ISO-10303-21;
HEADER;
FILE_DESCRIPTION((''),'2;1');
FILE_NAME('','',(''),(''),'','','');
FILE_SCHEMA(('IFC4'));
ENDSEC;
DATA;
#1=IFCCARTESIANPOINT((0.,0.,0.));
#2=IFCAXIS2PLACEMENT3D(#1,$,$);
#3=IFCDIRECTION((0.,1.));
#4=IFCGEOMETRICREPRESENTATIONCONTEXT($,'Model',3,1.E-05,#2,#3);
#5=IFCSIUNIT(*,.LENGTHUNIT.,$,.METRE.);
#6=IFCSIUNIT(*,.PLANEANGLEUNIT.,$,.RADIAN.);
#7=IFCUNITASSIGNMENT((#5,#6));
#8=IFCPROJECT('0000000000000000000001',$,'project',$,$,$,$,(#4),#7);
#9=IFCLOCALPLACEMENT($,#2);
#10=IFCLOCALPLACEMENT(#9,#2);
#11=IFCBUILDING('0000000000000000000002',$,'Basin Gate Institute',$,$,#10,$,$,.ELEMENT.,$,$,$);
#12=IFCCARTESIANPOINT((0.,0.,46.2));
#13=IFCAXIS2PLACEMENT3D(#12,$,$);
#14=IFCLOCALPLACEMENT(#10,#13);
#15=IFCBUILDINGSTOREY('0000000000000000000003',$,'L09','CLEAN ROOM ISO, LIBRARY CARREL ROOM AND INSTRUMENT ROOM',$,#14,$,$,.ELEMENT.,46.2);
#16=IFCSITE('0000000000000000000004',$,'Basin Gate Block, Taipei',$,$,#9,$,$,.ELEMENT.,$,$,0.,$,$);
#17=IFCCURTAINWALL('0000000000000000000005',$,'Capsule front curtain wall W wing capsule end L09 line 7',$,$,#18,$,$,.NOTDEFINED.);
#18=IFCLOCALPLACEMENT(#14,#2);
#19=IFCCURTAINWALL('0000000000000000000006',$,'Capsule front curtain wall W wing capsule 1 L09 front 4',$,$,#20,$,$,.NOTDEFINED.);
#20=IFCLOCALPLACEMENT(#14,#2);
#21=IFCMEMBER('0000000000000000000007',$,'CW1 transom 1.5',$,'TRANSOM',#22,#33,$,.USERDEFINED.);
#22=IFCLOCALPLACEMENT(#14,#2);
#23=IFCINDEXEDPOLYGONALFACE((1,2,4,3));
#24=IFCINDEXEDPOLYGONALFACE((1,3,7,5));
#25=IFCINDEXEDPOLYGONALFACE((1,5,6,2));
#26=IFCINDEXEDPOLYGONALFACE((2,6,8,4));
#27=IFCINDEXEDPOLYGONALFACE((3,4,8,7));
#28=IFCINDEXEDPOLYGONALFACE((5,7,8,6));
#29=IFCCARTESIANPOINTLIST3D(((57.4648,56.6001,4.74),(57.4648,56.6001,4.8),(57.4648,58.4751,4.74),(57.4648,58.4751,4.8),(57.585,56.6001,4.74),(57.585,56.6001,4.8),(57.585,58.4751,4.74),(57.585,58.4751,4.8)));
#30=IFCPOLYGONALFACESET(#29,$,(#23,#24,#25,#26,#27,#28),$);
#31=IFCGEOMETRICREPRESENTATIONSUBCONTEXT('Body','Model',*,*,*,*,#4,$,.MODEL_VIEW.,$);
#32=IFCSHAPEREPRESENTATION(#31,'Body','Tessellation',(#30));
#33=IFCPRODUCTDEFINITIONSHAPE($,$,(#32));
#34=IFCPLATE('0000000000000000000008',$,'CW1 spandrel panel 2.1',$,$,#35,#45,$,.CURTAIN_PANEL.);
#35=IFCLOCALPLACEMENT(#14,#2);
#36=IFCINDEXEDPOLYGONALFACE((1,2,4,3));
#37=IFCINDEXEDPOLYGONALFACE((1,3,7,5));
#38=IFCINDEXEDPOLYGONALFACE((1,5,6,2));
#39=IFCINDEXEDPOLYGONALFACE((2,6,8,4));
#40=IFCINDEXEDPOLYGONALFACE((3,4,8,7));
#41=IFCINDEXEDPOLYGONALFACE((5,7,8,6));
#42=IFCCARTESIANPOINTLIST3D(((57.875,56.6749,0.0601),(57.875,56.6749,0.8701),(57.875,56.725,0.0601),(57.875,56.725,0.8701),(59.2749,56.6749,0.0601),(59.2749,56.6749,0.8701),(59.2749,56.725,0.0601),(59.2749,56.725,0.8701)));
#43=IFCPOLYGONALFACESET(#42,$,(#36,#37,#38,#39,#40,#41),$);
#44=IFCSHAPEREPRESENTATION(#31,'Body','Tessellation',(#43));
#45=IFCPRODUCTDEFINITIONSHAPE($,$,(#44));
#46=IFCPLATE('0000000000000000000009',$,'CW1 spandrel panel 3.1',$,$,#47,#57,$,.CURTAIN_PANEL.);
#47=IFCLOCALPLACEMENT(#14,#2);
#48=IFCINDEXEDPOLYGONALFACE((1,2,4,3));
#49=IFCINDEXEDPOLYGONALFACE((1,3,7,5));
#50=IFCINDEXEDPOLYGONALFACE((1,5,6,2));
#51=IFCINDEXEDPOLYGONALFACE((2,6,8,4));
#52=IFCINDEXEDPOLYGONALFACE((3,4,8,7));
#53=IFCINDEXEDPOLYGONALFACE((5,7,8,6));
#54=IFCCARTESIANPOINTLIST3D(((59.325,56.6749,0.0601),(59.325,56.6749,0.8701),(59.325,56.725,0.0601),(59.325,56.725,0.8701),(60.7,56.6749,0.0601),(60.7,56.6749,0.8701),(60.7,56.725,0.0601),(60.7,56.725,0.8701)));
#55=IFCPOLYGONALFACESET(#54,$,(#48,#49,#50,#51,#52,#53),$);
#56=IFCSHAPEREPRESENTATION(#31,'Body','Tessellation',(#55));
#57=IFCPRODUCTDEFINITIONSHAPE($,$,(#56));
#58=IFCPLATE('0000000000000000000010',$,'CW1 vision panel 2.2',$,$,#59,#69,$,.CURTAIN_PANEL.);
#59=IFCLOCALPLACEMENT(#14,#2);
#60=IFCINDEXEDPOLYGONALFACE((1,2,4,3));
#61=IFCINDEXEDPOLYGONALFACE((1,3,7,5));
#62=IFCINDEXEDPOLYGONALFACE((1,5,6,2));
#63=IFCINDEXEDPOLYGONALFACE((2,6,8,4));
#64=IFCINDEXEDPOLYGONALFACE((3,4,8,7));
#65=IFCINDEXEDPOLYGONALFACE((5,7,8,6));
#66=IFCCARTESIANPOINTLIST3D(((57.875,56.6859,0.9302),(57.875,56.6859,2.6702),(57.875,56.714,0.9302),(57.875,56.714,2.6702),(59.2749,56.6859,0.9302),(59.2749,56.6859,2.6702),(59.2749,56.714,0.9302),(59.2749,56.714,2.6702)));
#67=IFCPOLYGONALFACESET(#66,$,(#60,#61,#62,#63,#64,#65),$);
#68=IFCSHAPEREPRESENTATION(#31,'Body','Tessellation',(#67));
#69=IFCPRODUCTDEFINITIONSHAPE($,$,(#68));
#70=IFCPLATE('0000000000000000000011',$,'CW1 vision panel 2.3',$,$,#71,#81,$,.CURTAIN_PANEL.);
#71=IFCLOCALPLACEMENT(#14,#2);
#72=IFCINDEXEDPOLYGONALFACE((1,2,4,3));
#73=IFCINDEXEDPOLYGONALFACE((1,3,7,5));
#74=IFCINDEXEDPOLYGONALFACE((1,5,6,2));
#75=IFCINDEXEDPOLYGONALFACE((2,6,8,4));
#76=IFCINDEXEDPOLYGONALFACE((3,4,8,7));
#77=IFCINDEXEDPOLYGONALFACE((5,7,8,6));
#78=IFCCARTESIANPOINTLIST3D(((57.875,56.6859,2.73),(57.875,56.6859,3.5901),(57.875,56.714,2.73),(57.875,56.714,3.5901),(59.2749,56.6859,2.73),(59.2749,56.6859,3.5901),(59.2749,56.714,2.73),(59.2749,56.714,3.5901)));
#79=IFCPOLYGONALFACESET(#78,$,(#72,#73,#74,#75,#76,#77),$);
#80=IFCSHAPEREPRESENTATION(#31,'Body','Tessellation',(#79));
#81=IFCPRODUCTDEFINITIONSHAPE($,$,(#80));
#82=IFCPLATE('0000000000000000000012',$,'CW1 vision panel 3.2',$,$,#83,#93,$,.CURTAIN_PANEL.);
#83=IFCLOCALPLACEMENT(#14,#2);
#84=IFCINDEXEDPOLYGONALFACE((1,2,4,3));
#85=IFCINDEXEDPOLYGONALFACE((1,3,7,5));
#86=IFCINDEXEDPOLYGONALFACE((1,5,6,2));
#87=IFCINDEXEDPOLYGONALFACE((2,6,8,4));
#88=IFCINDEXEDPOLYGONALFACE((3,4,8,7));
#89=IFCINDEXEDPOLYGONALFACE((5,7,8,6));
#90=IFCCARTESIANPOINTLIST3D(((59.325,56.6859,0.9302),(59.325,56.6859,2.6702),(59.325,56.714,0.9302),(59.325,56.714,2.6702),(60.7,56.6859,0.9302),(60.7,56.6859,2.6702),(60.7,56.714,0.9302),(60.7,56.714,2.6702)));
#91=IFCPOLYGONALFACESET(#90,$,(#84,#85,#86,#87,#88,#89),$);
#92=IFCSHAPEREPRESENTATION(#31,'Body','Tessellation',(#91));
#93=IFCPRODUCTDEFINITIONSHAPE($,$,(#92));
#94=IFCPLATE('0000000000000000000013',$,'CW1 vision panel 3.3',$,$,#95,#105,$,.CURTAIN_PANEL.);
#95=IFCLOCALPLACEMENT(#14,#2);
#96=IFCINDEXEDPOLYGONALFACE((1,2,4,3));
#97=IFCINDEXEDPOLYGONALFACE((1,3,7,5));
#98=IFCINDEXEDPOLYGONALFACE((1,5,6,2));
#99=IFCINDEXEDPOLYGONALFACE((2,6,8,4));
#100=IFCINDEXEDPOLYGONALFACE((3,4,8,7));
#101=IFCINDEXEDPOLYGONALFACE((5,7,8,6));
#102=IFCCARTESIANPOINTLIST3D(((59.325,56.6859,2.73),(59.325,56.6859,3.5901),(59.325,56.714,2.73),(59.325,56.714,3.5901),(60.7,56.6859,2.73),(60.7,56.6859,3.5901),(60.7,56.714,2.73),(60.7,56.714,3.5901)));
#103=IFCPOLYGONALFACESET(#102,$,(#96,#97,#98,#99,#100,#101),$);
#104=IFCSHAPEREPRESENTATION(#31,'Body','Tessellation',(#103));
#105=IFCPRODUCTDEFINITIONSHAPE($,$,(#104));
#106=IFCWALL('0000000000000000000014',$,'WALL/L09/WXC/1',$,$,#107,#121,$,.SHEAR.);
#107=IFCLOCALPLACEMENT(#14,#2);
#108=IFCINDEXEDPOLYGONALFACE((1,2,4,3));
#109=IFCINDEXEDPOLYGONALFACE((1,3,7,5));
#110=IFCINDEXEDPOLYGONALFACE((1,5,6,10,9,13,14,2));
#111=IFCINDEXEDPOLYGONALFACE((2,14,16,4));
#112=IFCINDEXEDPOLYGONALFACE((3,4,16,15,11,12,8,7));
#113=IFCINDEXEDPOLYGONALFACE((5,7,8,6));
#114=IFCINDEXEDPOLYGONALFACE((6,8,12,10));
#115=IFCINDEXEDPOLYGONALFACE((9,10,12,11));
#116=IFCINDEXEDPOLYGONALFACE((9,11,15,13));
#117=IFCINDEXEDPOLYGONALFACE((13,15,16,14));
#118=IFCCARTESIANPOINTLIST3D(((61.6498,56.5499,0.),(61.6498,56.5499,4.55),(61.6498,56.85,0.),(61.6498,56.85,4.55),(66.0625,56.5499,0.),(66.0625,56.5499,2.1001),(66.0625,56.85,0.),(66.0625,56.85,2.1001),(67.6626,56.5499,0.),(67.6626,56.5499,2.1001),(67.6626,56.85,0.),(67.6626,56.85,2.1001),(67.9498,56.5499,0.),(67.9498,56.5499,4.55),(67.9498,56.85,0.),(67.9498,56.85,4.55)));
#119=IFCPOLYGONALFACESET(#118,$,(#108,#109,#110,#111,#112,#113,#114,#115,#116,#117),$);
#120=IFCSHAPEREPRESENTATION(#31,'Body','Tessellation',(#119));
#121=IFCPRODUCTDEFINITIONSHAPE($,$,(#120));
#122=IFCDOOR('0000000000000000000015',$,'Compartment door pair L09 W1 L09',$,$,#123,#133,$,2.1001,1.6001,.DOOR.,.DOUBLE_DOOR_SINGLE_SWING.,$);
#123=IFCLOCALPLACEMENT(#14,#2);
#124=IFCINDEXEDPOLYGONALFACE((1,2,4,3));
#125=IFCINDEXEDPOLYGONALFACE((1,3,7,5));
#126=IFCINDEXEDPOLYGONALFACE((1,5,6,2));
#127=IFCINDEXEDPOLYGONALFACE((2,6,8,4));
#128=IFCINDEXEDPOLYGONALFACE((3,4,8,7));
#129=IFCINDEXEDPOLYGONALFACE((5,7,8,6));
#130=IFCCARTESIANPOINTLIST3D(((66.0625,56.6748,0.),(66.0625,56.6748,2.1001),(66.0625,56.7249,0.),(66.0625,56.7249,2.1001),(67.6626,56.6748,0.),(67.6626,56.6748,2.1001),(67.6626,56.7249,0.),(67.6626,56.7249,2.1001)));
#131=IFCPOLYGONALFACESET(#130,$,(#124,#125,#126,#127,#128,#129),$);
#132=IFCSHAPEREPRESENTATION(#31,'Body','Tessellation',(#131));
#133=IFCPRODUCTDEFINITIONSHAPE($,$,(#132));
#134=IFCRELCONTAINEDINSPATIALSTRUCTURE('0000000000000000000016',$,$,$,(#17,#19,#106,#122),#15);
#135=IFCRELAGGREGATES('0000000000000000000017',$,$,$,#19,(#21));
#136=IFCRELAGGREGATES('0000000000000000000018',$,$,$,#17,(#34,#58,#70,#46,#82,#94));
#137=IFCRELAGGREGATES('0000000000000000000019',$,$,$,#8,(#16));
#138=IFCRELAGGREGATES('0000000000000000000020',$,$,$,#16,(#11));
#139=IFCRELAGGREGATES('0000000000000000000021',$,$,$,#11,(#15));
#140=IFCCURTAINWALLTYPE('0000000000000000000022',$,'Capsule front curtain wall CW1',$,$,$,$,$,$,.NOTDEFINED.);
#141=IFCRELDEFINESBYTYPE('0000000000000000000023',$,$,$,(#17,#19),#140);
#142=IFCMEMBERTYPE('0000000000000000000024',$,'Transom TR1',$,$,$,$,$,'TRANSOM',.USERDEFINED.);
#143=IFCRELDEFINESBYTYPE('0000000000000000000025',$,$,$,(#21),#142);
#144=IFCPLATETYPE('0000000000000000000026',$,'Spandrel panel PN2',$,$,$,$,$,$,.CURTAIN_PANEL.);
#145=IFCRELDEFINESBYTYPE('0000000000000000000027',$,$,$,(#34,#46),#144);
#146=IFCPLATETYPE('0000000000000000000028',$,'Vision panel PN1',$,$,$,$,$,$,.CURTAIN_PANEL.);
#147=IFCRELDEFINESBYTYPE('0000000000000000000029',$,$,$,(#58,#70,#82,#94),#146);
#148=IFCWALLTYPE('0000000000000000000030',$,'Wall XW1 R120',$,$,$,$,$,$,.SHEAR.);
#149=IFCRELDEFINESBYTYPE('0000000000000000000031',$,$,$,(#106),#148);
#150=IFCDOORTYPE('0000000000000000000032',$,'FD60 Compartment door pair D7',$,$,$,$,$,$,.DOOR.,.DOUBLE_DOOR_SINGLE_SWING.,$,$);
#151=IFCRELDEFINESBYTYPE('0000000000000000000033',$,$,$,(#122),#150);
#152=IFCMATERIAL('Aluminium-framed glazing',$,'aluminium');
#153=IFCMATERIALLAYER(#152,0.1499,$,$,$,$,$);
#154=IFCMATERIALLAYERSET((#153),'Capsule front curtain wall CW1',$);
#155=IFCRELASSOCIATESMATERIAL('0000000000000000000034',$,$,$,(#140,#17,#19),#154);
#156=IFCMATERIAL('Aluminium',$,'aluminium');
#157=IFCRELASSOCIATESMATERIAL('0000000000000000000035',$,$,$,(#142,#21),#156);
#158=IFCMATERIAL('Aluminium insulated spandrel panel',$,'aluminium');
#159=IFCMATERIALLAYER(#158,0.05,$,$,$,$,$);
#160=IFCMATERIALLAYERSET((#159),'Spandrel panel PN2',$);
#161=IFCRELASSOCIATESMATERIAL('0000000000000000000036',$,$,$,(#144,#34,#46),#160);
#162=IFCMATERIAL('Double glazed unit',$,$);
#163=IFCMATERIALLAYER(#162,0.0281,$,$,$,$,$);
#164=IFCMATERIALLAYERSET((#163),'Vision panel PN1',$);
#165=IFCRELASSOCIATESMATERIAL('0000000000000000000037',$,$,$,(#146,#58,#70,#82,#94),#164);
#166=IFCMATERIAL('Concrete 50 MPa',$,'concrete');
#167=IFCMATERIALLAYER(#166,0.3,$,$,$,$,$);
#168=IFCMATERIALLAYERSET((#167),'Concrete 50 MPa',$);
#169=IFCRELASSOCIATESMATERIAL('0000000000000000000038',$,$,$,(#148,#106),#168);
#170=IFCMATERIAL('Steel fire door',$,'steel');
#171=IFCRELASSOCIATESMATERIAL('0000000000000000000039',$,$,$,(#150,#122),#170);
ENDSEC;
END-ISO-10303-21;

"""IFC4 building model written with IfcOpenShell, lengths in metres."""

from ifc_helpers import new_model, si_unit, direction, frame, frame_2d, origin, origin_2d, place, context, subcontext, project, spatial, rectangle, extrude, material, layer, layer_set, material_profile, profile_set, type_object, element, fill, aggregate, save


model = new_model("IFC4")

# Units and contexts
model_context = context("Model", 3, precision=1e-05, world=origin(), true_north=direction((0.0, 1.0)))
body_context = subcontext(model_context, "Body", "Model", "MODEL_VIEW")
ifc_project = project(units=[si_unit("LENGTHUNIT", "METRE"), si_unit("PLANEANGLEUNIT", "RADIAN")], contexts=[model_context])

# Site, building, storey
site_placement = place(None, origin())
site = spatial("IfcSite", under=ifc_project, at=site_placement, Name="Basin Gate Block, Taipei", CompositionType="ELEMENT", RefElevation=0.0)
building_placement = place(site_placement, origin())
building = spatial("IfcBuilding", under=site, at=building_placement, Name="Basin Gate Institute", CompositionType="ELEMENT")
storey_placement = place(building_placement, frame((0.0, 0.0, 46.2)))
storey = spatial("IfcBuildingStorey", under=building, at=storey_placement, Name="L09", Description="CLEAN ROOM ISO, LIBRARY CARREL ROOM AND INSTRUMENT ROOM", CompositionType="ELEMENT", Elevation=46.2)

# Curtain wall
ifc_material_1 = material(Name="Aluminium-framed glazing", Category="aluminium")
ifc_layer_1 = layer(ifc_material_1, 0.1499)
ifc_layer_set_1 = layer_set([ifc_layer_1], Name="Capsule front curtain wall CW1")
curtain_wall_type = type_object("IfcCurtainWallType", Name="Capsule front curtain wall CW1", PredefinedType="NOTDEFINED", material=ifc_layer_set_1)
curtain_wall_1_placement = place(storey_placement, origin())
curtain_wall_1 = element("IfcCurtainWall", 1, at=curtain_wall_1_placement, inside=storey, type_object=curtain_wall_type, material=ifc_layer_set_1, Name="Capsule front curtain wall W wing capsule end L09 line 7", PredefinedType="NOTDEFINED")

# Shared definitions
ifc_material_2 = material(Name="Aluminium", Category="aluminium")
ifc_material_profile_1 = material_profile(ifc_material_2, rectangle(XDim=0.1201, YDim=0.0601, at=origin_2d()), Name="Transom TR1 120 x 60")
ifc_profile_set_1 = profile_set([ifc_material_profile_1], Name="Aluminium")
member_type_1 = type_object("IfcMemberType", Name="Transom TR1", ElementType="TRANSOM", PredefinedType="USERDEFINED", material=ifc_profile_set_1)

# Curtain wall, member
curtain_wall_2_placement = place(storey_placement, origin())
curtain_wall_2 = element("IfcCurtainWall", 2, at=curtain_wall_2_placement, inside=storey, type_object=curtain_wall_type, material=ifc_layer_set_1, Name="Capsule front curtain wall W wing capsule 1 L09 front 4", PredefinedType="NOTDEFINED")
member_1_placement = place(storey_placement, frame((57.5249, 56.6001, 4.77), z_axis=(0.0, 1.0, 0.0), x_axis=(-1.0, 0.0, 0.0)))
member_1 = element("IfcMember", 3, at=member_1_placement, type_object=member_type_1, material=ifc_profile_set_1, Name="CW1 transom 1.5", ObjectType="TRANSOM", PredefinedType="USERDEFINED", context=body_context, shape_type="SweptSolid", body=[
    extrude(rectangle(XDim=0.1201, YDim=0.0601, at=origin_2d()), origin(), (0.0, 0.0, 1.0), 1.875),
])
aggregate(curtain_wall_2, [member_1])

# Plates
ifc_material_3 = material(Name="Aluminium insulated spandrel panel", Category="aluminium")
ifc_layer_2 = layer(ifc_material_3, 0.05)
ifc_layer_set_2 = layer_set([ifc_layer_2], Name="Spandrel panel PN2")
plate_type_1 = type_object("IfcPlateType", Name="Spandrel panel PN2", PredefinedType="CURTAIN_PANEL", material=ifc_layer_set_2)
plate_1_placement = place(storey_placement, frame((58.575, 56.7, 0.0601), z_axis=(0.0, 0.0, 1.0), x_axis=(1.0, 0.0, 0.0)))
plate_1 = element("IfcPlate", 4, at=plate_1_placement, type_object=plate_type_1, material=ifc_layer_set_2, Name="CW1 spandrel panel 2.1", PredefinedType="CURTAIN_PANEL", context=body_context, shape_type="SweptSolid", body=[
    extrude(rectangle(XDim=1.3999, YDim=0.05, at=origin_2d()), origin(), (0.0, 0.0, 1.0), 0.8101),
])
plate_2_placement = place(storey_placement, frame((60.0125, 56.7, 0.0601), z_axis=(0.0, 0.0, 1.0), x_axis=(1.0, 0.0, 0.0)))
plate_2 = element("IfcPlate", 5, at=plate_2_placement, type_object=plate_type_1, material=ifc_layer_set_2, Name="CW1 spandrel panel 3.1", PredefinedType="CURTAIN_PANEL", context=body_context, shape_type="SweptSolid", body=[
    extrude(rectangle(XDim=1.375, YDim=0.05, at=origin_2d()), origin(), (0.0, 0.0, 1.0), 0.8101),
])
ifc_material_4 = material(Name="Double glazed unit")
ifc_layer_3 = layer(ifc_material_4, 0.0281)
ifc_layer_set_3 = layer_set([ifc_layer_3], Name="Vision panel PN1")
plate_type_2 = type_object("IfcPlateType", Name="Vision panel PN1", PredefinedType="CURTAIN_PANEL", material=ifc_layer_set_3)
plate_3_placement = place(storey_placement, frame((58.575, 56.7, 0.9302), z_axis=(0.0, 0.0, 1.0), x_axis=(1.0, 0.0, 0.0)))
plate_3 = element("IfcPlate", 6, at=plate_3_placement, type_object=plate_type_2, material=ifc_layer_set_3, Name="CW1 vision panel 2.2", PredefinedType="CURTAIN_PANEL", context=body_context, shape_type="SweptSolid", body=[
    extrude(rectangle(XDim=1.3999, YDim=0.0281, at=origin_2d()), origin(), (0.0, 0.0, 1.0), 1.74),
])
plate_4_placement = place(storey_placement, frame((58.575, 56.7, 2.73), z_axis=(0.0, 0.0, 1.0), x_axis=(1.0, 0.0, 0.0)))
plate_4 = element("IfcPlate", 7, at=plate_4_placement, type_object=plate_type_2, material=ifc_layer_set_3, Name="CW1 vision panel 2.3", PredefinedType="CURTAIN_PANEL", context=body_context, shape_type="SweptSolid", body=[
    extrude(rectangle(XDim=1.3999, YDim=0.0281, at=origin_2d()), origin(), (0.0, 0.0, 1.0), 0.8601),
])
plate_5_placement = place(storey_placement, frame((60.0125, 56.7, 0.9302), z_axis=(0.0, 0.0, 1.0), x_axis=(1.0, 0.0, 0.0)))
plate_5 = element("IfcPlate", 8, at=plate_5_placement, type_object=plate_type_2, material=ifc_layer_set_3, Name="CW1 vision panel 3.2", PredefinedType="CURTAIN_PANEL", context=body_context, shape_type="SweptSolid", body=[
    extrude(rectangle(XDim=1.375, YDim=0.0281, at=origin_2d()), origin(), (0.0, 0.0, 1.0), 1.74),
])
plate_6_placement = place(storey_placement, frame((60.0125, 56.7, 2.73), z_axis=(0.0, 0.0, 1.0), x_axis=(1.0, 0.0, 0.0)))
plate_6 = element("IfcPlate", 9, at=plate_6_placement, type_object=plate_type_2, material=ifc_layer_set_3, Name="CW1 vision panel 3.3", PredefinedType="CURTAIN_PANEL", context=body_context, shape_type="SweptSolid", body=[
    extrude(rectangle(XDim=1.375, YDim=0.0281, at=origin_2d()), origin(), (0.0, 0.0, 1.0), 0.8601),
])
aggregate(curtain_wall_1, [plate_1, plate_3, plate_4, plate_2, plate_5, plate_6])

# Wall, opening, door
ifc_material_5 = material(Name="Concrete 50 MPa", Category="concrete")
ifc_layer_4 = layer(ifc_material_5, 0.3)
ifc_layer_set_4 = layer_set([ifc_layer_4], Name="Concrete 50 MPa")
wall_type = type_object("IfcWallType", Name="Wall XW1 R120", PredefinedType="SHEAR", material=ifc_layer_set_4)
wall_placement = place(storey_placement, frame((61.6499, 56.7, 0.0), z_axis=(0.0, 0.0, 1.0), x_axis=(1.0, 0.0, 0.0)))
wall = element("IfcWall", 10, at=wall_placement, inside=storey, type_object=wall_type, material=ifc_layer_set_4, Name="WALL/L09/WXC/1", PredefinedType="SHEAR", context=body_context, shape_type="SweptSolid", body=[
    extrude(rectangle(XDim=6.3, YDim=0.3, at=frame_2d((3.1499, 0.0))), origin(), (0.0, 0.0, 1.0), 4.55),
])
opening_placement = place(wall_placement, frame((4.4126, 0.0, 0.0)))
opening = element("IfcOpeningElement", 11, at=opening_placement, cuts=wall, PredefinedType="OPENING", context=body_context, shape_type="SweptSolid", body=[
    extrude(rectangle(XDim=1.6001, YDim=2.1001, at=frame_2d((0.8, 1.05))), frame((0.0, 0.1602, 0.0), z_axis=(0.0, -1.0, 0.0), x_axis=(1.0, 0.0, 0.0)), (0.0, 0.0, 1.0), 0.3201),
])
ifc_material_6 = material(Name="Steel fire door", Category="steel")
door_type = type_object("IfcDoorType", Name="FD60 Compartment door pair D7", OperationType="DOUBLE_DOOR_SINGLE_SWING", PredefinedType="DOOR", material=ifc_material_6)
door_placement = place(opening_placement, origin())
door = element("IfcDoor", 12, at=door_placement, inside=storey, type_object=door_type, material=ifc_material_6, Name="Compartment door pair L09 W1 L09", OperationType="DOUBLE_DOOR_SINGLE_SWING", OverallHeight=2.1001, OverallWidth=1.6001, PredefinedType="DOOR", context=body_context, shape_type="SweptSolid", body=[
    extrude(rectangle(XDim=1.6001, YDim=2.1001, at=frame_2d((0.8, 1.05))), frame((0.0, 0.0249, 0.0), z_axis=(0.0, -1.0, 0.0), x_axis=(1.0, 0.0, 0.0)), (0.0, 0.0, 1.0), 0.05),
])
fill(opening, door)

save(model, "model.ifc")
